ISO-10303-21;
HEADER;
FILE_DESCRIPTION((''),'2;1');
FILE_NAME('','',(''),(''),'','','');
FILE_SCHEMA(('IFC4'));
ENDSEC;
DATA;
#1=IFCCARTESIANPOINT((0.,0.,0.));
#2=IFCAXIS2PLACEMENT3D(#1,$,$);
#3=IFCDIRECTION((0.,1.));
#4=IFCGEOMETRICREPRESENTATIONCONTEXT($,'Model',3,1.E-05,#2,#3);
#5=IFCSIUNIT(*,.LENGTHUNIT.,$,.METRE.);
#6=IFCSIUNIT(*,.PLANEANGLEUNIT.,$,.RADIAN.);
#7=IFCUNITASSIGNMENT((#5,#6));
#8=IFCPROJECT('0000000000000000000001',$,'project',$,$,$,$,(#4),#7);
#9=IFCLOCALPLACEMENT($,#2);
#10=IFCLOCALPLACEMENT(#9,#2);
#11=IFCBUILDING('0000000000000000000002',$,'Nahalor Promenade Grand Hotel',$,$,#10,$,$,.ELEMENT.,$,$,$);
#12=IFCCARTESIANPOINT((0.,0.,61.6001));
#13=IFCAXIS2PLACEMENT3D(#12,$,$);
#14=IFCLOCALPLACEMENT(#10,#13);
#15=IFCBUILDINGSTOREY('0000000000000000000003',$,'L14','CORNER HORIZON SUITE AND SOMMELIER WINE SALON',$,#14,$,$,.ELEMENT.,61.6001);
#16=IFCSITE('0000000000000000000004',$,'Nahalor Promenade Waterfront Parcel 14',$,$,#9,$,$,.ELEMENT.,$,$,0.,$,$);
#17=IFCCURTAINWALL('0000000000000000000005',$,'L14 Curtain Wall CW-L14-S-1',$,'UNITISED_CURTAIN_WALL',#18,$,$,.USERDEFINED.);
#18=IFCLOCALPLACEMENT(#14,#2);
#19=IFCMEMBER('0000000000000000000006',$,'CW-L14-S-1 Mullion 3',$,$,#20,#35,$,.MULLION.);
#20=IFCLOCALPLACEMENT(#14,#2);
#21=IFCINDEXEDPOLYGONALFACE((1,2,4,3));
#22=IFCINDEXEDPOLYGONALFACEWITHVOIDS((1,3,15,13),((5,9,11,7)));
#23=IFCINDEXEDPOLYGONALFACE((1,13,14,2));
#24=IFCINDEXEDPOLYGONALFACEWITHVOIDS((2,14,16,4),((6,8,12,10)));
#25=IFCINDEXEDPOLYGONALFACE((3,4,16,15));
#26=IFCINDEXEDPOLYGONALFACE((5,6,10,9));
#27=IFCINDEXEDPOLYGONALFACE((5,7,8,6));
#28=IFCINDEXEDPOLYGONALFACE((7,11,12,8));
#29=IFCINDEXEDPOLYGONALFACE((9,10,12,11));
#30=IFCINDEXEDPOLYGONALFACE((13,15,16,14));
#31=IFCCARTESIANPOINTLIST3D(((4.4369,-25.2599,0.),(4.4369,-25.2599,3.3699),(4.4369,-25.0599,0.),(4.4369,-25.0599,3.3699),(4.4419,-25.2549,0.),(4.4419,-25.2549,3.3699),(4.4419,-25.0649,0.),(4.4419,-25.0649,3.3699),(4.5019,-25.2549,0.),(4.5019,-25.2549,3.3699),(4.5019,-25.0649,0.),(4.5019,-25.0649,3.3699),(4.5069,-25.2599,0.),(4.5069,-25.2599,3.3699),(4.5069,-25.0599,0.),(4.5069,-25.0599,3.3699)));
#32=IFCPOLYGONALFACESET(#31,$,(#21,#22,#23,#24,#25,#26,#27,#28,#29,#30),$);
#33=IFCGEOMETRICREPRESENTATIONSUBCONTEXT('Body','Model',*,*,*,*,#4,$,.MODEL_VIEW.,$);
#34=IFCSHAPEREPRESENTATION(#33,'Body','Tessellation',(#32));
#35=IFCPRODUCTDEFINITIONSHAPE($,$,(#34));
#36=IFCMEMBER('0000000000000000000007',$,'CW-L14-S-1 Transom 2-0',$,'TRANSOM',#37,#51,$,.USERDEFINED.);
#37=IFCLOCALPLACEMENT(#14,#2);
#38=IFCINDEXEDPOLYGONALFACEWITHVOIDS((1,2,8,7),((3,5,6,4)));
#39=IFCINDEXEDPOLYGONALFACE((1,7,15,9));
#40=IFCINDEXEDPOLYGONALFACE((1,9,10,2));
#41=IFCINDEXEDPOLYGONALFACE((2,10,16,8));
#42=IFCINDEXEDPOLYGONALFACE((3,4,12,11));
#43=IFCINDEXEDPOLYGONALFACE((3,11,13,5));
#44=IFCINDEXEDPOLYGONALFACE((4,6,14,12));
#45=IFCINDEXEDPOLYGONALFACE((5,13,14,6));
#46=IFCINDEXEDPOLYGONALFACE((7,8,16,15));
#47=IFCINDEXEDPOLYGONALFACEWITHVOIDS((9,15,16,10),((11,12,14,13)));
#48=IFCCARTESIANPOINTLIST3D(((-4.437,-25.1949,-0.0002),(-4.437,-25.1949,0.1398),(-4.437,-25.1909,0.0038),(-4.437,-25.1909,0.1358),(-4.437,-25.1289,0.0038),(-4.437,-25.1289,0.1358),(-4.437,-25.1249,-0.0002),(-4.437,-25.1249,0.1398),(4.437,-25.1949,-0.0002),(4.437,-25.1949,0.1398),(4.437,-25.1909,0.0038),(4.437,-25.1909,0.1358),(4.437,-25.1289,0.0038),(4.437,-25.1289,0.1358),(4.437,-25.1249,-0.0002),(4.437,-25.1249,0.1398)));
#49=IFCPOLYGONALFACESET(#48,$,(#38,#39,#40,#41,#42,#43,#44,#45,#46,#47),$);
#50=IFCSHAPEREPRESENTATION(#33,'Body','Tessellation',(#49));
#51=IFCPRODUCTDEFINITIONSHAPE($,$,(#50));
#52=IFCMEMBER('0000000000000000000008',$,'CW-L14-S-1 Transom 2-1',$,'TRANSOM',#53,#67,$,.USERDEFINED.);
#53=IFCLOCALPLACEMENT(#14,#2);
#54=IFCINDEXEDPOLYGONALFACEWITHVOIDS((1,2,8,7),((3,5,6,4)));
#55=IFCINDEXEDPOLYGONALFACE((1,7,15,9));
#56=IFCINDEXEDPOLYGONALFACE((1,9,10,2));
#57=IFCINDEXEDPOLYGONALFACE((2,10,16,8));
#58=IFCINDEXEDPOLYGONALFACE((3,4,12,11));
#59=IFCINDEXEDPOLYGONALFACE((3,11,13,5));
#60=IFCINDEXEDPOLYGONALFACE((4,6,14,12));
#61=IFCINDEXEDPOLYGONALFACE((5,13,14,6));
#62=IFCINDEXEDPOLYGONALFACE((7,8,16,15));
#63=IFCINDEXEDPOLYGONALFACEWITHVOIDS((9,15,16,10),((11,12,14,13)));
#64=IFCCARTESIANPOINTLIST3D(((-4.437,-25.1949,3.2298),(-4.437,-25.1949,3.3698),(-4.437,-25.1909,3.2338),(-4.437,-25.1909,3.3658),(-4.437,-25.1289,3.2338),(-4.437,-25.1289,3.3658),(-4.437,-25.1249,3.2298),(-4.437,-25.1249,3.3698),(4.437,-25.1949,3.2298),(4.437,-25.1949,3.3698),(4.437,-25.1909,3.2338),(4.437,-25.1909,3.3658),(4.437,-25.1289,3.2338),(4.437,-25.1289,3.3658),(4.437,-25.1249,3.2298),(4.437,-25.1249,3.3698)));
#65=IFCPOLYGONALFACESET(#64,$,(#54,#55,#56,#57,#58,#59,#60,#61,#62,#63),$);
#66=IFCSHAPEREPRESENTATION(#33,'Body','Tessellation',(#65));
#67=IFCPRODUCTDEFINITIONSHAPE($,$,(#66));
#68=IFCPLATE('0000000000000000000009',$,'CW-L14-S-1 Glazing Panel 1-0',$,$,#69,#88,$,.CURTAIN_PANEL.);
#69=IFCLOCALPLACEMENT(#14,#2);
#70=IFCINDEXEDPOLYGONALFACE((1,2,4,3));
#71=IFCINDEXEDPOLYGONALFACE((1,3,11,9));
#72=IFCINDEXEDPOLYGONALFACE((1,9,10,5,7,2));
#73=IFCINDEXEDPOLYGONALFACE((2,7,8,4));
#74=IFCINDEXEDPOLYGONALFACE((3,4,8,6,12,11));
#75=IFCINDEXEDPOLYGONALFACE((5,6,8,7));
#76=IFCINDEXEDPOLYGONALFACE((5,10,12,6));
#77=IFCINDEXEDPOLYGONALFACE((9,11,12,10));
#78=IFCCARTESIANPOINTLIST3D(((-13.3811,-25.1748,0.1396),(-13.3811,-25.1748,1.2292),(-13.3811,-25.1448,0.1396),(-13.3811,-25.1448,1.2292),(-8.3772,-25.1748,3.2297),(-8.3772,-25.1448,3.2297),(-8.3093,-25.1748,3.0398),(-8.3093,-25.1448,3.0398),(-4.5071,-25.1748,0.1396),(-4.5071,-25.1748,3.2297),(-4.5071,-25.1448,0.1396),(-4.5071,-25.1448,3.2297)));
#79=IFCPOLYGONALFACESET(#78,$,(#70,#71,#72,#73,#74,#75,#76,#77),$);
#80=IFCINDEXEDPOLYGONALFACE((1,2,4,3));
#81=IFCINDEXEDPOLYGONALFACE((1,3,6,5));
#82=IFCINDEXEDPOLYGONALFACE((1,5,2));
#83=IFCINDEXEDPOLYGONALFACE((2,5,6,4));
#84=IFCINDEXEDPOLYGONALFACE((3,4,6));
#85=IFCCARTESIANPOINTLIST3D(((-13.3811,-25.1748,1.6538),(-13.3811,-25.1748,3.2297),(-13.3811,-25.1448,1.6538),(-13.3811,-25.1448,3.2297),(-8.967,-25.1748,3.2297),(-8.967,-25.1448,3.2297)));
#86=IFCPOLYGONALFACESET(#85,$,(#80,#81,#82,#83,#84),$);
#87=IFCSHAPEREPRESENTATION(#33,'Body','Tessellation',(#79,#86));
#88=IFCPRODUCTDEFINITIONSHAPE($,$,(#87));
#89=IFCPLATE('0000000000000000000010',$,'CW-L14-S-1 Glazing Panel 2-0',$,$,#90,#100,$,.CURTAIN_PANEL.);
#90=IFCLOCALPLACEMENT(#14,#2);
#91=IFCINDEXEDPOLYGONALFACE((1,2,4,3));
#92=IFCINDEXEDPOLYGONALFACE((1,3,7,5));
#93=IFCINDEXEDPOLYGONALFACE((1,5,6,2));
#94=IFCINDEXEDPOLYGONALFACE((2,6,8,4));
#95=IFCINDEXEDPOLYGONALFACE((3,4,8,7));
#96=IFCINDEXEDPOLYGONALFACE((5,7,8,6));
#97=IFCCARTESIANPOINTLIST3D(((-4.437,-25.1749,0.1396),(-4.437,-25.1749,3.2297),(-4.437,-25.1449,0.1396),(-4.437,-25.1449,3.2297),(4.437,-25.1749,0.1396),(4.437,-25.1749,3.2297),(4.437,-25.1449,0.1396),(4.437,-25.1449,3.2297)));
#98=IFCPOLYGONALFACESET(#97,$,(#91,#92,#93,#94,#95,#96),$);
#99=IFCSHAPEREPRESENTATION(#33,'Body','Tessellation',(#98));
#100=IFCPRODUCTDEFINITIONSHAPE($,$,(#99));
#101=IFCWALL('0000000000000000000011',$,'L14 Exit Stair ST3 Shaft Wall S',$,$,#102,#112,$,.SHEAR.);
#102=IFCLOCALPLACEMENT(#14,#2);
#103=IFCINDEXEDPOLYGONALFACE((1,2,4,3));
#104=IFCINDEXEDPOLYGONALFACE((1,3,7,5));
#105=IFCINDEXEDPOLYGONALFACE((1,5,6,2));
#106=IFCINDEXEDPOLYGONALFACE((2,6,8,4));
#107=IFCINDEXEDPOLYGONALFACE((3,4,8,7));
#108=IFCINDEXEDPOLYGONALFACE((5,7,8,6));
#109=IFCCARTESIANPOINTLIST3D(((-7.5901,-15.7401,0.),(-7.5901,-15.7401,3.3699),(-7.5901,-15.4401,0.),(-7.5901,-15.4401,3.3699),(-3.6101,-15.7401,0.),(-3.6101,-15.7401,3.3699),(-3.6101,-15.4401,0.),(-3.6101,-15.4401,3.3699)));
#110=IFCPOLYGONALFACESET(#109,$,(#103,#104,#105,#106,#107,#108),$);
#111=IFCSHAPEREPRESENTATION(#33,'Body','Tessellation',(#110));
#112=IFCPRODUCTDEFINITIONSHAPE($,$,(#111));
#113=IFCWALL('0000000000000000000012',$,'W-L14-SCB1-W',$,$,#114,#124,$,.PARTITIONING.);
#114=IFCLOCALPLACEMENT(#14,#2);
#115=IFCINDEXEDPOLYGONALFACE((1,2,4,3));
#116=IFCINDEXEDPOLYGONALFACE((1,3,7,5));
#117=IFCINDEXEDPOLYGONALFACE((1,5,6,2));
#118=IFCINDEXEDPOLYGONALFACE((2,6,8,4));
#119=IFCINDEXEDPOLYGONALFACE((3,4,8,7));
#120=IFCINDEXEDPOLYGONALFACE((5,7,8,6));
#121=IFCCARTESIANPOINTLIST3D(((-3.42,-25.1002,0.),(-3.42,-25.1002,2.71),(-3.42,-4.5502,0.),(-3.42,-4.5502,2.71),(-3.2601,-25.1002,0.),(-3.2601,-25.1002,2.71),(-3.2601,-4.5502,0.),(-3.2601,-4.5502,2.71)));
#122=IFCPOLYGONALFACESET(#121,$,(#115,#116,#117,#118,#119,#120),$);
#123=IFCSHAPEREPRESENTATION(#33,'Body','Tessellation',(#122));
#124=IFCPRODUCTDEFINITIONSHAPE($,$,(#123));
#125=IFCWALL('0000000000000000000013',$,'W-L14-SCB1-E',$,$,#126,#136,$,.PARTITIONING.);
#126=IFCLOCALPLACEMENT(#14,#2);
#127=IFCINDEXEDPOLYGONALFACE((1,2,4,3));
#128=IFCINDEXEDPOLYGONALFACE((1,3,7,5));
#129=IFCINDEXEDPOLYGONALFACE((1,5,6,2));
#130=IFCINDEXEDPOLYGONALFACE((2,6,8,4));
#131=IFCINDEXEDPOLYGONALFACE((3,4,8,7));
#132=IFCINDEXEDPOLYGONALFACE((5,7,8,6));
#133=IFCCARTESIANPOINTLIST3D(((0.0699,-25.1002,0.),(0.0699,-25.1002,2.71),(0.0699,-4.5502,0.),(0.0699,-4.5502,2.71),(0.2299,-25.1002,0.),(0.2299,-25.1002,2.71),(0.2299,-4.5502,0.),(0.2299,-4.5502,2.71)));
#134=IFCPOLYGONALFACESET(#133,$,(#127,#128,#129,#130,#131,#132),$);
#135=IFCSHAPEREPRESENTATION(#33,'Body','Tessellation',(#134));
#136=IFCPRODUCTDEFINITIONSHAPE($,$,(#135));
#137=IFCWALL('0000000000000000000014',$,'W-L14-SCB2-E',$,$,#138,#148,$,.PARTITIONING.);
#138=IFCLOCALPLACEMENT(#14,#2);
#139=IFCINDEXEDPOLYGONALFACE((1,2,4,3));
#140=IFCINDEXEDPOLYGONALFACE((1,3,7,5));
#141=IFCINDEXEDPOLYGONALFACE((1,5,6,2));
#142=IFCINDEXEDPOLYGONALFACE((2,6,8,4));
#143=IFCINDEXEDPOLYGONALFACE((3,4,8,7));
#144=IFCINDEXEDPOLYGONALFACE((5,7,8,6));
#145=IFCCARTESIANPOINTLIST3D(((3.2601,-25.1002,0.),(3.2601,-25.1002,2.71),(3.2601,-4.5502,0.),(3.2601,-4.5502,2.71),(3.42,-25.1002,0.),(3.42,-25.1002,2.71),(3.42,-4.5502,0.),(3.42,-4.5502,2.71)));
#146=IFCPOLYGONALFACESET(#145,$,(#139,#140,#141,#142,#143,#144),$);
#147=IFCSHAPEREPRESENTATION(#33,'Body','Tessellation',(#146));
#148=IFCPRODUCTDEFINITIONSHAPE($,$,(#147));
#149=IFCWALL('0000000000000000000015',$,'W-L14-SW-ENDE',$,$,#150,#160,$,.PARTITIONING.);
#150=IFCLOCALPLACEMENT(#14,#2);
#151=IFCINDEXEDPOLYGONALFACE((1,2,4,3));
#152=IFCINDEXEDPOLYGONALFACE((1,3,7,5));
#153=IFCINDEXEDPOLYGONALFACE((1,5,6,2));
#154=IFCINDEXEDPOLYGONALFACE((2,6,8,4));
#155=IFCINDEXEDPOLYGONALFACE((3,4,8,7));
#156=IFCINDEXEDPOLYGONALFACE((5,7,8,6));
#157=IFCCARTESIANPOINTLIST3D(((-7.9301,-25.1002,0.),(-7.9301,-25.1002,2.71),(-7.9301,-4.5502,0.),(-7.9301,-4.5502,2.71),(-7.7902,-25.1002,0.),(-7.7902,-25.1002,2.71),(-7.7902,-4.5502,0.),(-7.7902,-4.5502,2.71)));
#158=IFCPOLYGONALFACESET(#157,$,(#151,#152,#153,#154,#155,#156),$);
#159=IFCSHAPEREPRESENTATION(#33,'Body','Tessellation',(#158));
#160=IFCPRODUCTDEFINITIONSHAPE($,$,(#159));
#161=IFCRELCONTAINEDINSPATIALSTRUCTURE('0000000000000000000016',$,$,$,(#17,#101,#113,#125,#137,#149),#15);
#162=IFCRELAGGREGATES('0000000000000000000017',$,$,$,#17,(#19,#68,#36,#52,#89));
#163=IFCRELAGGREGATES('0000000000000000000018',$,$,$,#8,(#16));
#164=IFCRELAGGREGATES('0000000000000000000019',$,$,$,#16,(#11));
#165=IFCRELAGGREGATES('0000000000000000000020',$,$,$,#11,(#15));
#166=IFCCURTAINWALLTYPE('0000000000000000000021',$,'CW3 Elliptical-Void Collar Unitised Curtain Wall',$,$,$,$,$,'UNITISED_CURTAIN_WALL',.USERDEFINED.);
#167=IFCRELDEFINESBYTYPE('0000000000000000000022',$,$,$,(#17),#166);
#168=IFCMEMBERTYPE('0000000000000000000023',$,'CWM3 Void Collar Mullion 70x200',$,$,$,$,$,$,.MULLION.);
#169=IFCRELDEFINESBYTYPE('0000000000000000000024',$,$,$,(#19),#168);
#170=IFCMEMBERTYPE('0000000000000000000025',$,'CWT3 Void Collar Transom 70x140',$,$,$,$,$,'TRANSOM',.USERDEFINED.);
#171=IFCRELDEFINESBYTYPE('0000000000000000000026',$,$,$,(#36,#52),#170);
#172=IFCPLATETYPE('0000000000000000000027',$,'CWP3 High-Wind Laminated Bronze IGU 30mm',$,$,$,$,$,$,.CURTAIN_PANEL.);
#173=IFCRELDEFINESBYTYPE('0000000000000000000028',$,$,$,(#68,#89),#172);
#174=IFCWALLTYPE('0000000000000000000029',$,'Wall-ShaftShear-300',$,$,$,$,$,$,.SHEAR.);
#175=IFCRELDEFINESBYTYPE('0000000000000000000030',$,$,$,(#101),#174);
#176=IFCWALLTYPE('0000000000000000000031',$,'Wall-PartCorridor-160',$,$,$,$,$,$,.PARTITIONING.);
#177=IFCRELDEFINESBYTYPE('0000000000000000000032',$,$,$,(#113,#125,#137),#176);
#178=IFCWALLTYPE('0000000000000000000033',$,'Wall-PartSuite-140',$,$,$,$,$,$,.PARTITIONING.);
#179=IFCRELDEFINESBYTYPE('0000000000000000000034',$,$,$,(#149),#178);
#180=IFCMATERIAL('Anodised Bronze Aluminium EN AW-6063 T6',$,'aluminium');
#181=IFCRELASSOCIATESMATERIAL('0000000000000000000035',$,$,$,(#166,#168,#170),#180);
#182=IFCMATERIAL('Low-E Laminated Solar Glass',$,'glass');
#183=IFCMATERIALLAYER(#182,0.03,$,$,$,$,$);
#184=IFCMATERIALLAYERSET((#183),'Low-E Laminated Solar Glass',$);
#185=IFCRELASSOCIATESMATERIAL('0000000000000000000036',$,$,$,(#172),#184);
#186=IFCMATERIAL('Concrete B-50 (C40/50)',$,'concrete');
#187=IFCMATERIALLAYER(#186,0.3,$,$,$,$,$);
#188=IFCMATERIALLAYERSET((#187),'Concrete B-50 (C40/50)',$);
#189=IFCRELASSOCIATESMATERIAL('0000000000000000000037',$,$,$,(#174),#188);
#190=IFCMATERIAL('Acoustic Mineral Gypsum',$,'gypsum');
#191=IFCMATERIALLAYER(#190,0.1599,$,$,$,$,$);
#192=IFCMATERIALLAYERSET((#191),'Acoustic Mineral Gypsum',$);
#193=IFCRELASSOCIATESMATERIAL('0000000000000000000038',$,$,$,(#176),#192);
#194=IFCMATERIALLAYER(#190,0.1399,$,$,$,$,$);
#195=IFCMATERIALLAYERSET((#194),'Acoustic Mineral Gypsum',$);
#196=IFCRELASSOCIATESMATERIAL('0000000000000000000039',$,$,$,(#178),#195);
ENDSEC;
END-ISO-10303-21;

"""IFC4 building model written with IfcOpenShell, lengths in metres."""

from ifc_helpers import new_model, si_unit, direction, frame, frame_2d, origin, origin_2d, place, context, subcontext, project, spatial, polyline, rectangle, hollow_rectangle, outline, extrude, source, transform, mapped, material, layer, layer_set, material_profile, profile_set, type_object, element, aggregate, save


model = new_model("IFC4")

# Units and contexts
model_context = context("Model", 3, precision=1e-05, world=origin(), true_north=direction((0.0, 1.0)))
body_context = subcontext(model_context, "Body", "Model", "MODEL_VIEW")
ifc_project = project(units=[si_unit("LENGTHUNIT", "METRE"), si_unit("PLANEANGLEUNIT", "RADIAN")], contexts=[model_context])

# Site, building, storey
site_placement = place(None, origin())
site = spatial("IfcSite", under=ifc_project, at=site_placement, Name="Nahalor Promenade Waterfront Parcel 14", CompositionType="ELEMENT", RefElevation=0.0)
building_placement = place(site_placement, origin())
building = spatial("IfcBuilding", under=site, at=building_placement, Name="Nahalor Promenade Grand Hotel", CompositionType="ELEMENT")
storey_placement = place(building_placement, frame((0.0, 0.0, 61.6001)))
storey = spatial("IfcBuildingStorey", under=building, at=storey_placement, Name="L14", Description="CORNER HORIZON SUITE AND SOMMELIER WINE SALON", CompositionType="ELEMENT", Elevation=61.6001)

# Curtain wall, members, plates
ifc_material_1 = material(Name="Anodised Bronze Aluminium EN AW-6063 T6", Category="aluminium")
curtain_wall_type = type_object("IfcCurtainWallType", Name="CW3 Elliptical-Void Collar Unitised Curtain Wall", ElementType="UNITISED_CURTAIN_WALL", PredefinedType="USERDEFINED", material=ifc_material_1)
curtain_wall_placement = place(storey_placement, origin())
curtain_wall = element("IfcCurtainWall", 1, at=curtain_wall_placement, inside=storey, type_object=curtain_wall_type, Name="L14 Curtain Wall CW-L14-S-1", ObjectType="UNITISED_CURTAIN_WALL", PredefinedType="USERDEFINED")
ifc_material_profile_1 = material_profile(ifc_material_1, hollow_rectangle(XDim=0.07, YDim=0.2, WallThickness=0.005, at=origin_2d()), Name="CWM 70x200x5")
ifc_profile_set_1 = profile_set([ifc_material_profile_1], Name="Anodised Bronze Aluminium EN AW-6063 T6")
member_type_1 = type_object("IfcMemberType", Name="CWM3 Void Collar Mullion 70x200", PredefinedType="MULLION", material=ifc_profile_set_1)
shared_shape_1 = source(origin(), body_context, "Body", "SweptSolid", [
    extrude(hollow_rectangle(XDim=0.07, YDim=0.2, WallThickness=0.005, at=origin_2d()), origin(), (0.0, 0.0, 1.0), 3.3699),
])
member_1_placement = place(storey_placement, frame((4.4719, -25.1599, 0.0), z_axis=(0.0, 0.0, 1.0), x_axis=(1.0, 0.0, 0.0)))
member_1 = element("IfcMember", 2, at=member_1_placement, type_object=member_type_1, Name="CW-L14-S-1 Mullion 3", PredefinedType="MULLION", context=body_context, shape_type="MappedRepresentation", body=[
    mapped(shared_shape_1, transform((0.0, 0.0, 0.0), scale=1.0)),
])
ifc_material_profile_2 = material_profile(ifc_material_1, hollow_rectangle(XDim=0.07, YDim=0.14, WallThickness=0.004, at=origin_2d()), Name="CWT 70x140x4")
ifc_profile_set_2 = profile_set([ifc_material_profile_2], Name="Anodised Bronze Aluminium EN AW-6063 T6")
member_type_2 = type_object("IfcMemberType", Name="CWT3 Void Collar Transom 70x140", ElementType="TRANSOM", PredefinedType="USERDEFINED", material=ifc_profile_set_2)
shared_shape_2 = source(origin(), body_context, "Body", "SweptSolid", [
    extrude(hollow_rectangle(XDim=0.07, YDim=0.14, WallThickness=0.004, at=origin_2d()), origin(), (0.0, 0.0, 1.0), 8.874),
])
member_2_placement = place(storey_placement, frame((-4.437, -25.1599, 0.0698), z_axis=(1.0, 0.0, 0.0), x_axis=(0.0, 1.0, 0.0)))
member_2 = element("IfcMember", 3, at=member_2_placement, type_object=member_type_2, Name="CW-L14-S-1 Transom 2-0", ObjectType="TRANSOM", PredefinedType="USERDEFINED", context=body_context, shape_type="MappedRepresentation", body=[
    mapped(shared_shape_2, transform((0.0, 0.0, 0.0), scale=1.0)),
])
member_3_placement = place(storey_placement, frame((-4.437, -25.1599, 3.2998), z_axis=(1.0, 0.0, 0.0), x_axis=(0.0, 1.0, 0.0)))
member_3 = element("IfcMember", 4, at=member_3_placement, type_object=member_type_2, Name="CW-L14-S-1 Transom 2-1", ObjectType="TRANSOM", PredefinedType="USERDEFINED", context=body_context, shape_type="MappedRepresentation", body=[
    mapped(shared_shape_2, transform((0.0, 0.0, 0.0), scale=1.0)),
])
ifc_material_2 = material(Name="Low-E Laminated Solar Glass", Category="glass")
ifc_layer_1 = layer(ifc_material_2, 0.03)
ifc_layer_set_1 = layer_set([ifc_layer_1], Name="Low-E Laminated Solar Glass")
plate_type = type_object("IfcPlateType", Name="CWP3 High-Wind Laminated Bronze IGU 30mm", PredefinedType="CURTAIN_PANEL", material=ifc_layer_set_1)
plate_1_placement = place(storey_placement, frame((-8.9441, -25.1599, 0.1396), z_axis=(0.0, 0.0, 1.0), x_axis=(1.0, 0.0, 0.0)))
plate_1 = element("IfcPlate", 5, at=plate_1_placement, type_object=plate_type, Name="CW-L14-S-1 Glazing Panel 1-0", PredefinedType="CURTAIN_PANEL", context=body_context, shape_type="SweptSolid", body=[
    extrude(outline(polyline([(4.437, 0.0), (4.437, 3.0901), (0.5669, 3.0901), (0.6348, 2.9001), (-4.437, 1.0896), (-4.437, 0.0), (4.437, 0.0)])), frame((0.0, 0.0151, 0.0), z_axis=(0.0, -1.0, 0.0), x_axis=(1.0, 0.0, 0.0)), (0.0, 0.0, 1.0), 0.03),
    extrude(outline(polyline([(-0.0229, 3.0901), (-4.437, 3.0901), (-4.437, 1.5142), (-0.0229, 3.0901)])), frame((0.0, 0.0151, 0.0), z_axis=(0.0, -1.0, 0.0), x_axis=(1.0, 0.0, 0.0)), (0.0, 0.0, 1.0), 0.03),
])
shared_shape_3 = source(origin(), body_context, "Body", "SweptSolid", [
    extrude(rectangle(XDim=8.874, YDim=0.03, at=origin_2d()), origin(), (0.0, 0.0, 1.0), 3.0901),
])
plate_2_placement = place(storey_placement, frame((0.0, -25.1599, 0.1396), z_axis=(0.0, 0.0, 1.0), x_axis=(1.0, 0.0, 0.0)))
plate_2 = element("IfcPlate", 6, at=plate_2_placement, type_object=plate_type, Name="CW-L14-S-1 Glazing Panel 2-0", PredefinedType="CURTAIN_PANEL", context=body_context, shape_type="MappedRepresentation", body=[
    mapped(shared_shape_3, transform((0.0, 0.0, 0.0), scale=1.0)),
])
aggregate(curtain_wall, [member_1, plate_1, member_2, member_3, plate_2])

# Walls
ifc_material_3 = material(Name="Concrete B-50 (C40/50)", Category="concrete")
ifc_layer_2 = layer(ifc_material_3, 0.3)
ifc_layer_set_2 = layer_set([ifc_layer_2], Name="Concrete B-50 (C40/50)")
wall_type_1 = type_object("IfcWallType", Name="Wall-ShaftShear-300", PredefinedType="SHEAR", material=ifc_layer_set_2)
shared_shape_4 = source(origin(), body_context, "Body", "SweptSolid", [
    extrude(rectangle(XDim=3.98, YDim=0.3, at=frame_2d((1.99, 0.0))), origin(), (0.0, 0.0, 1.0), 3.3699),
])
wall_1_placement = place(storey_placement, frame((-7.5901, -15.5901, 0.0), z_axis=(0.0, 0.0, 1.0), x_axis=(1.0, 0.0, 0.0)))
element("IfcWall", 7, at=wall_1_placement, inside=storey, type_object=wall_type_1, Name="L14 Exit Stair ST3 Shaft Wall S", PredefinedType="SHEAR", context=body_context, shape_type="MappedRepresentation", body=[
    mapped(shared_shape_4, transform((0.0, 0.0, 0.0), scale=1.0)),
])
ifc_material_4 = material(Name="Acoustic Mineral Gypsum", Category="gypsum")
ifc_layer_3 = layer(ifc_material_4, 0.1599)
ifc_layer_set_3 = layer_set([ifc_layer_3], Name="Acoustic Mineral Gypsum")
wall_type_2 = type_object("IfcWallType", Name="Wall-PartCorridor-160", PredefinedType="PARTITIONING", material=ifc_layer_set_3)
shared_shape_5 = source(origin(), body_context, "Body", "SweptSolid", [
    extrude(rectangle(XDim=20.55, YDim=0.1599, at=frame_2d((10.2749, 0.0))), origin(), (0.0, 0.0, 1.0), 2.71),
])
for number, where, z_axis, x_axis, name in (
    (8, (-3.3401, -25.1001, 0.0), (0.0, 0.0, 1.0), (0.0, 1.0, 0.0), "W-L14-SCB1-W"),
    (9, (0.1499, -25.1001, 0.0), (0.0, 0.0, 1.0), (0.0, 1.0, 0.0), "W-L14-SCB1-E"),
    (10, (3.3401, -25.1001, 0.0), (0.0, 0.0, 1.0), (0.0, 1.0, 0.0), "W-L14-SCB2-E"),
):
    element("IfcWall", number, at=place(storey_placement, frame(where, z_axis=z_axis, x_axis=x_axis)), inside=storey, type_object=wall_type_2, Name=name, PredefinedType="PARTITIONING", context=body_context, shape_type="MappedRepresentation", body=[
        mapped(shared_shape_5, transform((0.0, 0.0, 0.0), scale=1.0)),
    ])
ifc_layer_4 = layer(ifc_material_4, 0.1399)
ifc_layer_set_4 = layer_set([ifc_layer_4], Name="Acoustic Mineral Gypsum")
wall_type_3 = type_object("IfcWallType", Name="Wall-PartSuite-140", PredefinedType="PARTITIONING", material=ifc_layer_set_4)
shared_shape_6 = source(origin(), body_context, "Body", "SweptSolid", [
    extrude(rectangle(XDim=20.55, YDim=0.1399, at=frame_2d((10.2749, 0.0))), origin(), (0.0, 0.0, 1.0), 2.71),
])
wall_2_placement = place(storey_placement, frame((-7.8601, -25.1001, 0.0), z_axis=(0.0, 0.0, 1.0), x_axis=(0.0, 1.0, 0.0)))
element("IfcWall", 11, at=wall_2_placement, inside=storey, type_object=wall_type_3, Name="W-L14-SW-ENDE", PredefinedType="PARTITIONING", context=body_context, shape_type="MappedRepresentation", body=[
    mapped(shared_shape_6, transform((0.0, 0.0, 0.0), scale=1.0)),
])

save(model, "model.ifc")
